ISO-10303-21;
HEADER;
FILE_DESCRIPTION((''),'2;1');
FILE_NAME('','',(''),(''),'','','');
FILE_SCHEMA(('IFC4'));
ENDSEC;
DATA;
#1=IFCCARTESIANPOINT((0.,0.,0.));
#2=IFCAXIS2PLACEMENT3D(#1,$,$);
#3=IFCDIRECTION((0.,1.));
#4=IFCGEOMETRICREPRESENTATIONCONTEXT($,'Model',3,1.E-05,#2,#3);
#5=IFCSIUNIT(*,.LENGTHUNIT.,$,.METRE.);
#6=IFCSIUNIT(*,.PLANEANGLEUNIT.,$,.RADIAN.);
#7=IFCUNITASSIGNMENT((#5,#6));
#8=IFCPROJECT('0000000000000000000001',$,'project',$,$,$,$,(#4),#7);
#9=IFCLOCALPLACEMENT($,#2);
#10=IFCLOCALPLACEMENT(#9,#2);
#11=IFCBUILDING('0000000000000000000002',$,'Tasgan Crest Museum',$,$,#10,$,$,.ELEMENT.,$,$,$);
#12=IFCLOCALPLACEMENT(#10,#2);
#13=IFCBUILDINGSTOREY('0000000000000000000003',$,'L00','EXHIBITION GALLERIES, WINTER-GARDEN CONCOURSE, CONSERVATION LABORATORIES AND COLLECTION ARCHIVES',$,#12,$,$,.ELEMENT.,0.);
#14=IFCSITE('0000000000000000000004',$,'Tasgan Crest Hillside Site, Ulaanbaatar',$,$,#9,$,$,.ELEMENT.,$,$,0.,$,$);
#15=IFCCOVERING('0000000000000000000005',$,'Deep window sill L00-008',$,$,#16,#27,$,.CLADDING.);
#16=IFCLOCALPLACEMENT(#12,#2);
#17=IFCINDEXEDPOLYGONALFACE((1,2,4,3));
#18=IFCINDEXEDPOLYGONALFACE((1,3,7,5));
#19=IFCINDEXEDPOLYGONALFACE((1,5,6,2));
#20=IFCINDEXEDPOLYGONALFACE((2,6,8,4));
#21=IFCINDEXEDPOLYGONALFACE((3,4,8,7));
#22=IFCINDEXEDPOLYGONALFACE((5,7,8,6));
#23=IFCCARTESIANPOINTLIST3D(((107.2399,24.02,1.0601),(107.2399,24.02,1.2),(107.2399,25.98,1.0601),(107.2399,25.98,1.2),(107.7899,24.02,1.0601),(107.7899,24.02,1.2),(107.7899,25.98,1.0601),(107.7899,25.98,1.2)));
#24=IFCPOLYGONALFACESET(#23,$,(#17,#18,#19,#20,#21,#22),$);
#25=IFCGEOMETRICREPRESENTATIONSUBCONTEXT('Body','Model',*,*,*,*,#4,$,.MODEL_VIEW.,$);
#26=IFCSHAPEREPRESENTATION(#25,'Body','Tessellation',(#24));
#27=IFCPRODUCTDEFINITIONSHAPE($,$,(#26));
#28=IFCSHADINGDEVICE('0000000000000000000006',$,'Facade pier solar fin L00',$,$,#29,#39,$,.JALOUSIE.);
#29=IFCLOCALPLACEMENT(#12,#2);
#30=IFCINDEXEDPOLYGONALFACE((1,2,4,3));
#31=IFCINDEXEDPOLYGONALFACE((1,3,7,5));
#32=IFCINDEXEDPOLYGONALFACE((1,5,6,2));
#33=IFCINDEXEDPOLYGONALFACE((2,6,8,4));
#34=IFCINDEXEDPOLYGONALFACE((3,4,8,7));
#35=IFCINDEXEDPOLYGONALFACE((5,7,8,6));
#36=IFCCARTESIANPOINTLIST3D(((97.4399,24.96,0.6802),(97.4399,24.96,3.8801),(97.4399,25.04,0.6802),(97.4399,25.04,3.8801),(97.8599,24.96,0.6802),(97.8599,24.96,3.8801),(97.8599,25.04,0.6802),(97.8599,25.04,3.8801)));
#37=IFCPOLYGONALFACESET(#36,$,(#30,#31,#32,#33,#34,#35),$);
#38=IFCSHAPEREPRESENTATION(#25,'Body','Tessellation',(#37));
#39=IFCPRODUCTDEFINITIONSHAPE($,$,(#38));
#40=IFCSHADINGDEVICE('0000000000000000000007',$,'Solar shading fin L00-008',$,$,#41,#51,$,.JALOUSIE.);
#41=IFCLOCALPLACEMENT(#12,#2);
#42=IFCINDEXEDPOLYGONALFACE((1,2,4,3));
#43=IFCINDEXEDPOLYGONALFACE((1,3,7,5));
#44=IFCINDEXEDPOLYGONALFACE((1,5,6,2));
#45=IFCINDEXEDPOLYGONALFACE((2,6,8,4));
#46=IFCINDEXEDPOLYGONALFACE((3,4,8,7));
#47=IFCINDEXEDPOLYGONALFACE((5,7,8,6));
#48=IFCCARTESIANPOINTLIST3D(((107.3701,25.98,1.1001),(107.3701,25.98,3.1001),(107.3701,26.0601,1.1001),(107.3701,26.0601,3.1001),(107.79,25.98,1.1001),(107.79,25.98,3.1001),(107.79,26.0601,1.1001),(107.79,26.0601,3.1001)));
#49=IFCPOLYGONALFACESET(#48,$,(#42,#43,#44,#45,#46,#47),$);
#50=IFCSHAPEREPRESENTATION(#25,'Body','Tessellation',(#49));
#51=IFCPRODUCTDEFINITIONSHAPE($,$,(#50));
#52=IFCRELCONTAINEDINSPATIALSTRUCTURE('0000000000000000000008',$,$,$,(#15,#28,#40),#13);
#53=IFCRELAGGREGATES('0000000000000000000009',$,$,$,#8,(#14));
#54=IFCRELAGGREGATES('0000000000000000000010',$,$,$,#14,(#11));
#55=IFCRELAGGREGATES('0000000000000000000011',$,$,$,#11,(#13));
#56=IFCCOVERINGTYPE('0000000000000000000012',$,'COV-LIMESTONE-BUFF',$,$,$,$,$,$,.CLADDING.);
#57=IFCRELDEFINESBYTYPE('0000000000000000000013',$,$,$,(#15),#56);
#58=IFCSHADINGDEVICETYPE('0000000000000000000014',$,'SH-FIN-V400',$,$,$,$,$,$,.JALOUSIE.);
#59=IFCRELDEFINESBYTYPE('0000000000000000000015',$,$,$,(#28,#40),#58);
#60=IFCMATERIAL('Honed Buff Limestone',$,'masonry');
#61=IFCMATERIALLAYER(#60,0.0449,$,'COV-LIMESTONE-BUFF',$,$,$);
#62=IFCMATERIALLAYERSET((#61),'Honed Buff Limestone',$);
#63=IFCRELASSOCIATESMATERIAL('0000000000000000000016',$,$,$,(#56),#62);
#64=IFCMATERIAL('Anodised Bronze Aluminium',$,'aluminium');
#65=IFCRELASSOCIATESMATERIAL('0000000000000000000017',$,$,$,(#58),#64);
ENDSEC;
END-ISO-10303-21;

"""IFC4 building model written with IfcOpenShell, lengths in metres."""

from ifc_helpers import new_model, si_unit, direction, frame, origin, origin_2d, place, context, subcontext, project, spatial, rectangle, extrude, material, layer, layer_set, type_object, element, save


model = new_model("IFC4")

# Units and contexts
model_context = context("Model", 3, precision=1e-05, world=origin(), true_north=direction((0.0, 1.0)))
body_context = subcontext(model_context, "Body", "Model", "MODEL_VIEW")
ifc_project = project(units=[si_unit("LENGTHUNIT", "METRE"), si_unit("PLANEANGLEUNIT", "RADIAN")], contexts=[model_context])

# Site, building, storey
site_placement = place(None, origin())
site = spatial("IfcSite", under=ifc_project, at=site_placement, Name="Tasgan Crest Hillside Site, Ulaanbaatar", CompositionType="ELEMENT", RefElevation=0.0)
building_placement = place(site_placement, origin())
building = spatial("IfcBuilding", under=site, at=building_placement, Name="Tasgan Crest Museum", CompositionType="ELEMENT")
storey_placement = place(building_placement, origin())
storey = spatial("IfcBuildingStorey", under=building, at=storey_placement, Name="L00", Description="EXHIBITION GALLERIES, WINTER-GARDEN CONCOURSE, CONSERVATION LABORATORIES AND COLLECTION ARCHIVES", CompositionType="ELEMENT", Elevation=0.0)

# Covering
ifc_material_1 = material(Name="Honed Buff Limestone", Category="masonry")
ifc_layer_1 = layer(ifc_material_1, 0.0449, Name="COV-LIMESTONE-BUFF")
ifc_layer_set_1 = layer_set([ifc_layer_1], Name="Honed Buff Limestone")
covering_type_1 = type_object("IfcCoveringType", Name="COV-LIMESTONE-BUFF", PredefinedType="CLADDING", material=ifc_layer_set_1)
covering_1_placement = place(storey_placement, frame((107.5149, 25.0, 1.0601), z_axis=(0.0, 0.0, 1.0), x_axis=(0.0, -1.0, 0.0)))
element("IfcCovering", 1, at=covering_1_placement, inside=storey, type_object=covering_type_1, Name="Deep window sill L00-008", PredefinedType="CLADDING", context=body_context, shape_type="SweptSolid", body=[
    extrude(rectangle(XDim=1.96, YDim=0.55, at=origin_2d()), origin(), (0.0, 0.0, 1.0), 0.1399),
])

# Shading devices
ifc_material_2 = material(Name="Anodised Bronze Aluminium", Category="aluminium")
shading_device_type = type_object("IfcShadingDeviceType", Name="SH-FIN-V400", PredefinedType="JALOUSIE", material=ifc_material_2)
shading_device_1_placement = place(storey_placement, frame((97.6499, 25.0, 0.6802), z_axis=(0.0, 0.0, 1.0), x_axis=(0.0, 1.0, 0.0)))
element("IfcShadingDevice", 2, at=shading_device_1_placement, inside=storey, type_object=shading_device_type, Name="Facade pier solar fin L00", PredefinedType="JALOUSIE", context=body_context, shape_type="SweptSolid", body=[
    extrude(rectangle(XDim=0.0801, YDim=0.4199, at=origin_2d()), origin(), (0.0, 0.0, 1.0), 3.2),
])
shading_device_2_placement = place(storey_placement, frame((107.5801, 26.02, 1.1001), z_axis=(0.0, 0.0, 1.0), x_axis=(0.0, -1.0, 0.0)))
element("IfcShadingDevice", 3, at=shading_device_2_placement, inside=storey, type_object=shading_device_type, Name="Solar shading fin L00-008", PredefinedType="JALOUSIE", context=body_context, shape_type="SweptSolid", body=[
    extrude(rectangle(XDim=0.0801, YDim=0.4199, at=origin_2d()), origin(), (0.0, 0.0, 1.0), 2.0),
])

save(model, "model.ifc")
